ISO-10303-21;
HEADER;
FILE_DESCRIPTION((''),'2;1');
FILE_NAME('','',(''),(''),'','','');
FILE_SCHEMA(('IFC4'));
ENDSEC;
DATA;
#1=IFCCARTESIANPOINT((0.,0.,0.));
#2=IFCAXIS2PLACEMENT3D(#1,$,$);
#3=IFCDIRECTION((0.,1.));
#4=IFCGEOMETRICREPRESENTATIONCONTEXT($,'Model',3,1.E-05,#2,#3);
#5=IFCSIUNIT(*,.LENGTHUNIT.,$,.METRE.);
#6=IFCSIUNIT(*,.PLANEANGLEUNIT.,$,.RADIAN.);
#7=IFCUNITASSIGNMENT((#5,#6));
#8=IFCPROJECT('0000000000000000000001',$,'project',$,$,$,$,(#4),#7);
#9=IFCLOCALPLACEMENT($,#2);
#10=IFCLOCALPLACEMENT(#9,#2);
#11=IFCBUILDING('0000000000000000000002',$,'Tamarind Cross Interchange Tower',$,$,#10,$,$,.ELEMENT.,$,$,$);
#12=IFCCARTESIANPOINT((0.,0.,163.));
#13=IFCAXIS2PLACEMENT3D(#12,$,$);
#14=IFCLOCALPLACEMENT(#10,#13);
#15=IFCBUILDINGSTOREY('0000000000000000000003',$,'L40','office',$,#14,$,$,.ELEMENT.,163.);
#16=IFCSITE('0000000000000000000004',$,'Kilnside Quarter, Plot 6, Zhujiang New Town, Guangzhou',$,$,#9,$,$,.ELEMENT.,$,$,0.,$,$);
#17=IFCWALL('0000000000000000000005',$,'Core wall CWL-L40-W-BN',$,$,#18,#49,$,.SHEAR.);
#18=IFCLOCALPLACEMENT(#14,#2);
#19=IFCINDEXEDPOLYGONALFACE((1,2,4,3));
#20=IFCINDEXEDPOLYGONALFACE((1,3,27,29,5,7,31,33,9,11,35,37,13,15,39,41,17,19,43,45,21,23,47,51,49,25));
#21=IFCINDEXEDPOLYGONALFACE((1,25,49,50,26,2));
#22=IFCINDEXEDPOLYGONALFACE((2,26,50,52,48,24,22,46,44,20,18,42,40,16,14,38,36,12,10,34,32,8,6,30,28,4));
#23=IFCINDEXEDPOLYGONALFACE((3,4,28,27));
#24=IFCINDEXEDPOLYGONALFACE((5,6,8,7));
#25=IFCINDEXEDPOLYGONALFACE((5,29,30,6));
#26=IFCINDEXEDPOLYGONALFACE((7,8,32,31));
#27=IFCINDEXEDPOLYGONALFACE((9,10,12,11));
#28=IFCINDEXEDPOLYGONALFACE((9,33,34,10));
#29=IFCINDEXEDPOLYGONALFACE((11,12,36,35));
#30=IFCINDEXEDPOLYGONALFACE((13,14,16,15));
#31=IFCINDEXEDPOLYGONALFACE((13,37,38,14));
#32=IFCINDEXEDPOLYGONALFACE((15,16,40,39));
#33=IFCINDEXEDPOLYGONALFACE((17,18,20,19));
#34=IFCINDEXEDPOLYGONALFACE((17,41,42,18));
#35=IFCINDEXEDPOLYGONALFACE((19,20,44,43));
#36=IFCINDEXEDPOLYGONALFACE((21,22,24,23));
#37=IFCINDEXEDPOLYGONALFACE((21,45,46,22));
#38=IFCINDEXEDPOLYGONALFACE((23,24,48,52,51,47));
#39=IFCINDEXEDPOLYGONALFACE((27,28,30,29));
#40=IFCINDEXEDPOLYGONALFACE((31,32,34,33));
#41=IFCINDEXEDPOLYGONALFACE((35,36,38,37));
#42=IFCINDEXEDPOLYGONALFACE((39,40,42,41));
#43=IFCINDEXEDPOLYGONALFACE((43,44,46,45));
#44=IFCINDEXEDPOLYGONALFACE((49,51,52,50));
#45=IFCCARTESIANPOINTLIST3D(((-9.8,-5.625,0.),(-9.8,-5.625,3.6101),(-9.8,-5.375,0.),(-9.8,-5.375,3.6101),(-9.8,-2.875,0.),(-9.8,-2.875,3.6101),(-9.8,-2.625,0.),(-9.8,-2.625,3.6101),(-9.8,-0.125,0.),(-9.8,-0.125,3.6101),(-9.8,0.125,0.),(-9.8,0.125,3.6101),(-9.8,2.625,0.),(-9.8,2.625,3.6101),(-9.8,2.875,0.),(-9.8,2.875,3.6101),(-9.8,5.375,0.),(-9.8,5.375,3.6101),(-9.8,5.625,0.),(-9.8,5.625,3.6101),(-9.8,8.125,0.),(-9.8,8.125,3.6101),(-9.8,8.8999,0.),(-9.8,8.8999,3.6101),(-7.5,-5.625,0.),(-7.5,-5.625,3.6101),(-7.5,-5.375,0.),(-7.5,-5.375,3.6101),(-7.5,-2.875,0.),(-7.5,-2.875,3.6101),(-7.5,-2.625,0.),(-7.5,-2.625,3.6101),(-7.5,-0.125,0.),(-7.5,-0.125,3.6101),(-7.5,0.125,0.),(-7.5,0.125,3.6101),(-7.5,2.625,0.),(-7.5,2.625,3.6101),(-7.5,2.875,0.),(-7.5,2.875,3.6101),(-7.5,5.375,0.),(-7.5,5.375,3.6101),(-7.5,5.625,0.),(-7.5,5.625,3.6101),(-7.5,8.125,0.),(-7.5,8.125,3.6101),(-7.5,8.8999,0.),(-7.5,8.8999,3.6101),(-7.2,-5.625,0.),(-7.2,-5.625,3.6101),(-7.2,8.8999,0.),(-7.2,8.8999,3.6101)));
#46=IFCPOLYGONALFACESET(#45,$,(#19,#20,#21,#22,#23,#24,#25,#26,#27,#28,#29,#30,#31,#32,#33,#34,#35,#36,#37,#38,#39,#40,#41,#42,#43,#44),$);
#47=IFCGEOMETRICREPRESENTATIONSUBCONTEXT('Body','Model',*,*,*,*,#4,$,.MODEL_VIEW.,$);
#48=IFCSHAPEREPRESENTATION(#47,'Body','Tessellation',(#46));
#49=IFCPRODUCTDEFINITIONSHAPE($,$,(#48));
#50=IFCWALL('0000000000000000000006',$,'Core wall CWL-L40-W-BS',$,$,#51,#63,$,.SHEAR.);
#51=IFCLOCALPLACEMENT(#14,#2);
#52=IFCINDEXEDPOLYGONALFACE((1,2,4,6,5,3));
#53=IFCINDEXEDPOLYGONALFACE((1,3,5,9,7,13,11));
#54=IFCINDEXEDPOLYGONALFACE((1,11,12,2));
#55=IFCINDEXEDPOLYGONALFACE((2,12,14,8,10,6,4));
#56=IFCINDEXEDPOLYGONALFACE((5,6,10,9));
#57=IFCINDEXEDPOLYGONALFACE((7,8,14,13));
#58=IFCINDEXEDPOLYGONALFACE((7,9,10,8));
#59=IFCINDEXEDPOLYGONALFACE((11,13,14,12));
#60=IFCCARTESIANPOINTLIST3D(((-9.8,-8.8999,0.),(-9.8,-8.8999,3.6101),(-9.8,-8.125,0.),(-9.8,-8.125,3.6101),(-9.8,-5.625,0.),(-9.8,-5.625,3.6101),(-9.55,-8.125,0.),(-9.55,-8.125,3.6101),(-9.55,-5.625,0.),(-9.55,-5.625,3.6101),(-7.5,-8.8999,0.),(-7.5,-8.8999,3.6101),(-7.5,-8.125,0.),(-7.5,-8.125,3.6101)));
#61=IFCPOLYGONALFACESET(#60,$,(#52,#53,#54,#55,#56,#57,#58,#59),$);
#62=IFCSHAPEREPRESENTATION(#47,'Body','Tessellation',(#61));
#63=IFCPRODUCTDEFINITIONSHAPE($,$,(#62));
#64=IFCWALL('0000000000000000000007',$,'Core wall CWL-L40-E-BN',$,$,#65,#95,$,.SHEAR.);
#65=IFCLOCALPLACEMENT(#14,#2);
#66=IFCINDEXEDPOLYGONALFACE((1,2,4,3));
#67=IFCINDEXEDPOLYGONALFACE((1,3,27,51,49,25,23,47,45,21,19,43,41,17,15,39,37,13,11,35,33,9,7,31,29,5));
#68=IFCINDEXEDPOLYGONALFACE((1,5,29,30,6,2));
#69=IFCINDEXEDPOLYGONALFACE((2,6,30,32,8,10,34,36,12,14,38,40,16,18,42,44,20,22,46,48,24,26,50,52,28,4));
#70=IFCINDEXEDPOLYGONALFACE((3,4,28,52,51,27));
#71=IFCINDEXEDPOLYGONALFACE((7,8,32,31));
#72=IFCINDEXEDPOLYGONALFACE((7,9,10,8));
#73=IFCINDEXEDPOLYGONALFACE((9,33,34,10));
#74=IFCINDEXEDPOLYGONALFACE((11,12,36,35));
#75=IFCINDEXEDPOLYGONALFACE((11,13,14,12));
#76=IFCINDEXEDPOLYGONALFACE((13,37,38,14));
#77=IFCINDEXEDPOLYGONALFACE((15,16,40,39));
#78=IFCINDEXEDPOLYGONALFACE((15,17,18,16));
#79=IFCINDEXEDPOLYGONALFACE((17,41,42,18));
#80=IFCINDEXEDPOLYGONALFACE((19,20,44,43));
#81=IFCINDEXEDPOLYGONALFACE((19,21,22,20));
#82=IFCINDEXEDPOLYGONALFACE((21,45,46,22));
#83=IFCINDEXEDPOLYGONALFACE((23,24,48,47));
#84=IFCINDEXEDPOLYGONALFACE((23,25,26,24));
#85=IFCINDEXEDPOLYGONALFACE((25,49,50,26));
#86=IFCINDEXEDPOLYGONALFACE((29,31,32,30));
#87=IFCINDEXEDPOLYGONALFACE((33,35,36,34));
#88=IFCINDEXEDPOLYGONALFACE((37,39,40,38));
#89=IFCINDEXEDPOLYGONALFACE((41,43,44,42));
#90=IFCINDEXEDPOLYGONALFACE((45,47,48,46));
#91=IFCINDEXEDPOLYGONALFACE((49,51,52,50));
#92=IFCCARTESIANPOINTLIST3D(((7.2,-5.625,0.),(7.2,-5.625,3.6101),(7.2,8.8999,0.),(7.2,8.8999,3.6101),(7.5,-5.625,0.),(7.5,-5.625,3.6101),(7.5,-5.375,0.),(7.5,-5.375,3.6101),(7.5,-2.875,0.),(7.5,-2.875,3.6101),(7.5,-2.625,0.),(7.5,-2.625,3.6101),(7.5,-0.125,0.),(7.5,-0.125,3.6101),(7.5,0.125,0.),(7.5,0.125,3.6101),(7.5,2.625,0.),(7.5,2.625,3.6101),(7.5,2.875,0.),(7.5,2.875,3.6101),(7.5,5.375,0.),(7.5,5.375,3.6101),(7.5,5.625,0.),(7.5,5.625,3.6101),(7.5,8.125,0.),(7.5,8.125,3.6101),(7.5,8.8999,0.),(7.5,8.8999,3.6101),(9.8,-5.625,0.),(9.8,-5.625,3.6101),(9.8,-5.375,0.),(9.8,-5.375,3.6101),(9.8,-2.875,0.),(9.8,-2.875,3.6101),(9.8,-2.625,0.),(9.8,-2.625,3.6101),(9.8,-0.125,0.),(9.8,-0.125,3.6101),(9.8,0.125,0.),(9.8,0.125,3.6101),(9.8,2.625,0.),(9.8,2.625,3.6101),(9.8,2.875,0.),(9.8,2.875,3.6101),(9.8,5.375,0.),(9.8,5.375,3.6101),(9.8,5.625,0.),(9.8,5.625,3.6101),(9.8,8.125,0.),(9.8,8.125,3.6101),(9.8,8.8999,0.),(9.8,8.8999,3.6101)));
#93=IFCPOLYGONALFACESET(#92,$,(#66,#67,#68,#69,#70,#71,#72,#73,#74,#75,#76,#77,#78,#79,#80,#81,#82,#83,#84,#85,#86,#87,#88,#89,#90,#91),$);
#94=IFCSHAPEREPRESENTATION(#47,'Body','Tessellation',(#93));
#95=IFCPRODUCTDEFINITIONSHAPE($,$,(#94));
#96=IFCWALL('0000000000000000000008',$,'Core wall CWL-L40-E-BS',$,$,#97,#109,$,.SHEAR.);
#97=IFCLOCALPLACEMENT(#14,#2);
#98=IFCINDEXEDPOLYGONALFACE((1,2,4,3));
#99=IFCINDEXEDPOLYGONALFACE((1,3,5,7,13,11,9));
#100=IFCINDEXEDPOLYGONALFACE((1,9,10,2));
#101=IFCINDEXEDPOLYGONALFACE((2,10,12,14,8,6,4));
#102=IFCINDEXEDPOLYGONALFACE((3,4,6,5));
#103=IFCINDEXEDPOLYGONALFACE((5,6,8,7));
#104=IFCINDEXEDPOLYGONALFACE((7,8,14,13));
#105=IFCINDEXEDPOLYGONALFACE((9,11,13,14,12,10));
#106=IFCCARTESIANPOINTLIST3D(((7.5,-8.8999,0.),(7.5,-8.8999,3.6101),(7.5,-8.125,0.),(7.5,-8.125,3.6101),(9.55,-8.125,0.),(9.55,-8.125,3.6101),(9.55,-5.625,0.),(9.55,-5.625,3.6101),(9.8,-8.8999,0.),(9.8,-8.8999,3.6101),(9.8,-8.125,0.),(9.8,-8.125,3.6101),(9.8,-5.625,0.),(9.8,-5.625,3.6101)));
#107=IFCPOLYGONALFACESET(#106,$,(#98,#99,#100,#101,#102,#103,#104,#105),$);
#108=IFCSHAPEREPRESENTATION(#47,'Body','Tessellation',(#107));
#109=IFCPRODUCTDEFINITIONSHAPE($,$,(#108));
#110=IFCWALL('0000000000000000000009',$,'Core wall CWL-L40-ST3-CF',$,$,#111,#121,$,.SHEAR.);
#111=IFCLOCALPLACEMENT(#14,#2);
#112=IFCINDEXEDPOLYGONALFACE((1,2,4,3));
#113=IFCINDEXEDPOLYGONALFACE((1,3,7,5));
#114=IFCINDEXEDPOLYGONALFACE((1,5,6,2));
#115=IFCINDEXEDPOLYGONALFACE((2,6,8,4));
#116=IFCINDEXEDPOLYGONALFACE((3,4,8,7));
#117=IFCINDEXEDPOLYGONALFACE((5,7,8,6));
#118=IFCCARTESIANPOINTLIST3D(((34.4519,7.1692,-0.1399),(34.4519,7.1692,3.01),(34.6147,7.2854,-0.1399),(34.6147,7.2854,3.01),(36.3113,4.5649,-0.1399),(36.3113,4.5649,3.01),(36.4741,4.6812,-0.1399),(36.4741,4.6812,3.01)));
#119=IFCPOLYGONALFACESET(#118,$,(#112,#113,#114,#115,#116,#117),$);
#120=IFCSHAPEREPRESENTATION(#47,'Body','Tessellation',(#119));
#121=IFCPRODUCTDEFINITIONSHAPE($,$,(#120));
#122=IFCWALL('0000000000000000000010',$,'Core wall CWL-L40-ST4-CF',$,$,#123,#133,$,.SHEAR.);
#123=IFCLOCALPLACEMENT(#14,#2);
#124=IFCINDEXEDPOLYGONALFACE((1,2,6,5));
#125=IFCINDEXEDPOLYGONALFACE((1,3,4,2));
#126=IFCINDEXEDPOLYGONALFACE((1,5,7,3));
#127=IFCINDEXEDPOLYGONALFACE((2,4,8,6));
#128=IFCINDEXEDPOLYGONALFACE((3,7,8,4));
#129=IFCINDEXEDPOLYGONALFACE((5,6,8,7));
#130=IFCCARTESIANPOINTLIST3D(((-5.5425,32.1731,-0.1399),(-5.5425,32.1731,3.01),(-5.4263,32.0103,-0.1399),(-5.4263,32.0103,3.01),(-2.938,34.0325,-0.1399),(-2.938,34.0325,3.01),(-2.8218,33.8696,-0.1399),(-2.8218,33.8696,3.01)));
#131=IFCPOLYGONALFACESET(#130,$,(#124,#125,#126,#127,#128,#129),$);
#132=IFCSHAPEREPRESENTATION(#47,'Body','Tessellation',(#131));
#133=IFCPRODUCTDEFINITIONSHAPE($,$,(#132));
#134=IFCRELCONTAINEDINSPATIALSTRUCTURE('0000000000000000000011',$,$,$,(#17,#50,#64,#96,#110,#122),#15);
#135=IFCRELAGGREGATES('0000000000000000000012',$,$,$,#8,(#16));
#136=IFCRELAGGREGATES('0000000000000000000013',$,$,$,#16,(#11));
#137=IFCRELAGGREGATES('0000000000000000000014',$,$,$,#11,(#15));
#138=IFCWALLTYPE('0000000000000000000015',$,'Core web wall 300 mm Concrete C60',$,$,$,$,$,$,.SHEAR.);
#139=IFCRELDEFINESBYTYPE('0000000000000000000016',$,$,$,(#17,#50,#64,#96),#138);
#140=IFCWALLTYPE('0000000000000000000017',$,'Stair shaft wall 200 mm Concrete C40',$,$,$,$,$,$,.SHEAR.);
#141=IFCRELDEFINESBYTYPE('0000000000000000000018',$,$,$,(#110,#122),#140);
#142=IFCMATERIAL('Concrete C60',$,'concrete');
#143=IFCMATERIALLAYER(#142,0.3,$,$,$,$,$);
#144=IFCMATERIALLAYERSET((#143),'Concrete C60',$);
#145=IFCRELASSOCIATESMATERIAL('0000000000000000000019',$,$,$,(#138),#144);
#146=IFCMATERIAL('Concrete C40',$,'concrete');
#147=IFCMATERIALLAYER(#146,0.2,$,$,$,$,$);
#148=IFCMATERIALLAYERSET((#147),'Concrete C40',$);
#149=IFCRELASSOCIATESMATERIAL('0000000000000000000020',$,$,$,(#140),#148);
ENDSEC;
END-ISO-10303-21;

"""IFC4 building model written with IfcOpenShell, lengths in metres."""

from ifc_helpers import new_model, si_unit, direction, frame, origin, place, context, subcontext, project, spatial, polyline, outline, extrude, material, layer, layer_set, type_object, element, save


model = new_model("IFC4")

# Units and contexts
model_context = context("Model", 3, precision=1e-05, world=origin(), true_north=direction((0.0, 1.0)))
body_context = subcontext(model_context, "Body", "Model", "MODEL_VIEW")
ifc_project = project(units=[si_unit("LENGTHUNIT", "METRE"), si_unit("PLANEANGLEUNIT", "RADIAN")], contexts=[model_context])

# Site, building, storey
site_placement = place(None, origin())
site = spatial("IfcSite", under=ifc_project, at=site_placement, Name="Kilnside Quarter, Plot 6, Zhujiang New Town, Guangzhou", CompositionType="ELEMENT", RefElevation=0.0)
building_placement = place(site_placement, origin())
building = spatial("IfcBuilding", under=site, at=building_placement, Name="Tamarind Cross Interchange Tower", CompositionType="ELEMENT")
storey_placement = place(building_placement, frame((0.0, 0.0, 163.0)))
storey = spatial("IfcBuildingStorey", under=building, at=storey_placement, Name="L40", Description="office", CompositionType="ELEMENT", Elevation=163.0)

# Shared definitions
ifc_material_1 = material(Name="Concrete C40", Category="concrete")

# Walls
ifc_material_2 = material(Name="Concrete C60", Category="concrete")
ifc_layer_1 = layer(ifc_material_2, 0.3)
ifc_layer_set_1 = layer_set([ifc_layer_1], Name="Concrete C60")
wall_type_1 = type_object("IfcWallType", Name="Core web wall 300 mm Concrete C60", PredefinedType="SHEAR", material=ifc_layer_set_1)
wall_1_placement = place(storey_placement, origin())
element("IfcWall", 1, at=wall_1_placement, inside=storey, type_object=wall_type_1, Name="Core wall CWL-L40-W-BN", PredefinedType="SHEAR", context=body_context, shape_type="SweptSolid", body=[
    extrude(outline(polyline([(-9.8, -5.375), (-9.8, -5.625), (-7.5, -5.625), (-7.2, -5.625), (-7.2, 8.8999), (-7.5, 8.8999), (-9.8, 8.8999), (-9.8, 8.125), (-7.5, 8.125), (-7.5, 5.625), (-9.8, 5.625), (-9.8, 5.375), (-7.5, 5.375), (-7.5, 2.875), (-9.8, 2.875), (-9.8, 2.625), (-7.5, 2.625), (-7.5, 0.125), (-9.8, 0.125), (-9.8, -0.125), (-7.5, -0.125), (-7.5, -2.625), (-9.8, -2.625), (-9.8, -2.875), (-7.5, -2.875), (-7.5, -5.375), (-9.8, -5.375)])), origin(), (0.0, 0.0, 1.0), 3.6101),
])
wall_2_placement = place(storey_placement, origin())
element("IfcWall", 2, at=wall_2_placement, inside=storey, type_object=wall_type_1, Name="Core wall CWL-L40-W-BS", PredefinedType="SHEAR", context=body_context, shape_type="SweptSolid", body=[
    extrude(outline(polyline([(-7.5, -8.125), (-9.55, -8.125), (-9.55, -5.625), (-9.8, -5.625), (-9.8, -8.125), (-9.8, -8.8999), (-7.5, -8.8999), (-7.5, -8.125)])), origin(), (0.0, 0.0, 1.0), 3.6101),
])
wall_3_placement = place(storey_placement, origin())
element("IfcWall", 3, at=wall_3_placement, inside=storey, type_object=wall_type_1, Name="Core wall CWL-L40-E-BN", PredefinedType="SHEAR", context=body_context, shape_type="SweptSolid", body=[
    extrude(outline(polyline([(9.8, -5.375), (7.5, -5.375), (7.5, -2.875), (9.8, -2.875), (9.8, -2.625), (7.5, -2.625), (7.5, -0.125), (9.8, -0.125), (9.8, 0.125), (7.5, 0.125), (7.5, 2.625), (9.8, 2.625), (9.8, 2.875), (7.5, 2.875), (7.5, 5.375), (9.8, 5.375), (9.8, 5.625), (7.5, 5.625), (7.5, 8.125), (9.8, 8.125), (9.8, 8.8999), (7.5, 8.8999), (7.2, 8.8999), (7.2, -5.625), (7.5, -5.625), (9.8, -5.625), (9.8, -5.375)])), origin(), (0.0, 0.0, 1.0), 3.6101),
])
wall_4_placement = place(storey_placement, origin())
element("IfcWall", 4, at=wall_4_placement, inside=storey, type_object=wall_type_1, Name="Core wall CWL-L40-E-BS", PredefinedType="SHEAR", context=body_context, shape_type="SweptSolid", body=[
    extrude(outline(polyline([(7.5, -8.125), (7.5, -8.8999), (9.8, -8.8999), (9.8, -8.125), (9.8, -5.625), (9.55, -5.625), (9.55, -8.125), (7.5, -8.125)])), origin(), (0.0, 0.0, 1.0), 3.6101),
])
ifc_layer_2 = layer(ifc_material_1, 0.2)
ifc_layer_set_2 = layer_set([ifc_layer_2], Name="Concrete C40")
wall_type_2 = type_object("IfcWallType", Name="Stair shaft wall 200 mm Concrete C40", PredefinedType="SHEAR", material=ifc_layer_set_2)
wall_5_placement = place(storey_placement, frame((0.0, 0.0, -0.1399)))
element("IfcWall", 5, at=wall_5_placement, inside=storey, type_object=wall_type_2, Name="Core wall CWL-L40-ST3-CF", PredefinedType="SHEAR", context=body_context, shape_type="SweptSolid", body=[
    extrude(outline(polyline([(36.3113, 4.5649), (36.4741, 4.6812), (34.6147, 7.2854), (34.4519, 7.1692), (36.3113, 4.5649)])), origin(), (0.0, 0.0, 1.0), 3.1499),
])
wall_6_placement = place(storey_placement, frame((0.0, 0.0, -0.1399)))
element("IfcWall", 6, at=wall_6_placement, inside=storey, type_object=wall_type_2, Name="Core wall CWL-L40-ST4-CF", PredefinedType="SHEAR", context=body_context, shape_type="SweptSolid", body=[
    extrude(outline(polyline([(-2.8218, 33.8696), (-2.938, 34.0325), (-5.5425, 32.1731), (-5.4263, 32.0103), (-2.8218, 33.8696)])), origin(), (0.0, 0.0, 1.0), 3.1499),
])

save(model, "model.ifc")
